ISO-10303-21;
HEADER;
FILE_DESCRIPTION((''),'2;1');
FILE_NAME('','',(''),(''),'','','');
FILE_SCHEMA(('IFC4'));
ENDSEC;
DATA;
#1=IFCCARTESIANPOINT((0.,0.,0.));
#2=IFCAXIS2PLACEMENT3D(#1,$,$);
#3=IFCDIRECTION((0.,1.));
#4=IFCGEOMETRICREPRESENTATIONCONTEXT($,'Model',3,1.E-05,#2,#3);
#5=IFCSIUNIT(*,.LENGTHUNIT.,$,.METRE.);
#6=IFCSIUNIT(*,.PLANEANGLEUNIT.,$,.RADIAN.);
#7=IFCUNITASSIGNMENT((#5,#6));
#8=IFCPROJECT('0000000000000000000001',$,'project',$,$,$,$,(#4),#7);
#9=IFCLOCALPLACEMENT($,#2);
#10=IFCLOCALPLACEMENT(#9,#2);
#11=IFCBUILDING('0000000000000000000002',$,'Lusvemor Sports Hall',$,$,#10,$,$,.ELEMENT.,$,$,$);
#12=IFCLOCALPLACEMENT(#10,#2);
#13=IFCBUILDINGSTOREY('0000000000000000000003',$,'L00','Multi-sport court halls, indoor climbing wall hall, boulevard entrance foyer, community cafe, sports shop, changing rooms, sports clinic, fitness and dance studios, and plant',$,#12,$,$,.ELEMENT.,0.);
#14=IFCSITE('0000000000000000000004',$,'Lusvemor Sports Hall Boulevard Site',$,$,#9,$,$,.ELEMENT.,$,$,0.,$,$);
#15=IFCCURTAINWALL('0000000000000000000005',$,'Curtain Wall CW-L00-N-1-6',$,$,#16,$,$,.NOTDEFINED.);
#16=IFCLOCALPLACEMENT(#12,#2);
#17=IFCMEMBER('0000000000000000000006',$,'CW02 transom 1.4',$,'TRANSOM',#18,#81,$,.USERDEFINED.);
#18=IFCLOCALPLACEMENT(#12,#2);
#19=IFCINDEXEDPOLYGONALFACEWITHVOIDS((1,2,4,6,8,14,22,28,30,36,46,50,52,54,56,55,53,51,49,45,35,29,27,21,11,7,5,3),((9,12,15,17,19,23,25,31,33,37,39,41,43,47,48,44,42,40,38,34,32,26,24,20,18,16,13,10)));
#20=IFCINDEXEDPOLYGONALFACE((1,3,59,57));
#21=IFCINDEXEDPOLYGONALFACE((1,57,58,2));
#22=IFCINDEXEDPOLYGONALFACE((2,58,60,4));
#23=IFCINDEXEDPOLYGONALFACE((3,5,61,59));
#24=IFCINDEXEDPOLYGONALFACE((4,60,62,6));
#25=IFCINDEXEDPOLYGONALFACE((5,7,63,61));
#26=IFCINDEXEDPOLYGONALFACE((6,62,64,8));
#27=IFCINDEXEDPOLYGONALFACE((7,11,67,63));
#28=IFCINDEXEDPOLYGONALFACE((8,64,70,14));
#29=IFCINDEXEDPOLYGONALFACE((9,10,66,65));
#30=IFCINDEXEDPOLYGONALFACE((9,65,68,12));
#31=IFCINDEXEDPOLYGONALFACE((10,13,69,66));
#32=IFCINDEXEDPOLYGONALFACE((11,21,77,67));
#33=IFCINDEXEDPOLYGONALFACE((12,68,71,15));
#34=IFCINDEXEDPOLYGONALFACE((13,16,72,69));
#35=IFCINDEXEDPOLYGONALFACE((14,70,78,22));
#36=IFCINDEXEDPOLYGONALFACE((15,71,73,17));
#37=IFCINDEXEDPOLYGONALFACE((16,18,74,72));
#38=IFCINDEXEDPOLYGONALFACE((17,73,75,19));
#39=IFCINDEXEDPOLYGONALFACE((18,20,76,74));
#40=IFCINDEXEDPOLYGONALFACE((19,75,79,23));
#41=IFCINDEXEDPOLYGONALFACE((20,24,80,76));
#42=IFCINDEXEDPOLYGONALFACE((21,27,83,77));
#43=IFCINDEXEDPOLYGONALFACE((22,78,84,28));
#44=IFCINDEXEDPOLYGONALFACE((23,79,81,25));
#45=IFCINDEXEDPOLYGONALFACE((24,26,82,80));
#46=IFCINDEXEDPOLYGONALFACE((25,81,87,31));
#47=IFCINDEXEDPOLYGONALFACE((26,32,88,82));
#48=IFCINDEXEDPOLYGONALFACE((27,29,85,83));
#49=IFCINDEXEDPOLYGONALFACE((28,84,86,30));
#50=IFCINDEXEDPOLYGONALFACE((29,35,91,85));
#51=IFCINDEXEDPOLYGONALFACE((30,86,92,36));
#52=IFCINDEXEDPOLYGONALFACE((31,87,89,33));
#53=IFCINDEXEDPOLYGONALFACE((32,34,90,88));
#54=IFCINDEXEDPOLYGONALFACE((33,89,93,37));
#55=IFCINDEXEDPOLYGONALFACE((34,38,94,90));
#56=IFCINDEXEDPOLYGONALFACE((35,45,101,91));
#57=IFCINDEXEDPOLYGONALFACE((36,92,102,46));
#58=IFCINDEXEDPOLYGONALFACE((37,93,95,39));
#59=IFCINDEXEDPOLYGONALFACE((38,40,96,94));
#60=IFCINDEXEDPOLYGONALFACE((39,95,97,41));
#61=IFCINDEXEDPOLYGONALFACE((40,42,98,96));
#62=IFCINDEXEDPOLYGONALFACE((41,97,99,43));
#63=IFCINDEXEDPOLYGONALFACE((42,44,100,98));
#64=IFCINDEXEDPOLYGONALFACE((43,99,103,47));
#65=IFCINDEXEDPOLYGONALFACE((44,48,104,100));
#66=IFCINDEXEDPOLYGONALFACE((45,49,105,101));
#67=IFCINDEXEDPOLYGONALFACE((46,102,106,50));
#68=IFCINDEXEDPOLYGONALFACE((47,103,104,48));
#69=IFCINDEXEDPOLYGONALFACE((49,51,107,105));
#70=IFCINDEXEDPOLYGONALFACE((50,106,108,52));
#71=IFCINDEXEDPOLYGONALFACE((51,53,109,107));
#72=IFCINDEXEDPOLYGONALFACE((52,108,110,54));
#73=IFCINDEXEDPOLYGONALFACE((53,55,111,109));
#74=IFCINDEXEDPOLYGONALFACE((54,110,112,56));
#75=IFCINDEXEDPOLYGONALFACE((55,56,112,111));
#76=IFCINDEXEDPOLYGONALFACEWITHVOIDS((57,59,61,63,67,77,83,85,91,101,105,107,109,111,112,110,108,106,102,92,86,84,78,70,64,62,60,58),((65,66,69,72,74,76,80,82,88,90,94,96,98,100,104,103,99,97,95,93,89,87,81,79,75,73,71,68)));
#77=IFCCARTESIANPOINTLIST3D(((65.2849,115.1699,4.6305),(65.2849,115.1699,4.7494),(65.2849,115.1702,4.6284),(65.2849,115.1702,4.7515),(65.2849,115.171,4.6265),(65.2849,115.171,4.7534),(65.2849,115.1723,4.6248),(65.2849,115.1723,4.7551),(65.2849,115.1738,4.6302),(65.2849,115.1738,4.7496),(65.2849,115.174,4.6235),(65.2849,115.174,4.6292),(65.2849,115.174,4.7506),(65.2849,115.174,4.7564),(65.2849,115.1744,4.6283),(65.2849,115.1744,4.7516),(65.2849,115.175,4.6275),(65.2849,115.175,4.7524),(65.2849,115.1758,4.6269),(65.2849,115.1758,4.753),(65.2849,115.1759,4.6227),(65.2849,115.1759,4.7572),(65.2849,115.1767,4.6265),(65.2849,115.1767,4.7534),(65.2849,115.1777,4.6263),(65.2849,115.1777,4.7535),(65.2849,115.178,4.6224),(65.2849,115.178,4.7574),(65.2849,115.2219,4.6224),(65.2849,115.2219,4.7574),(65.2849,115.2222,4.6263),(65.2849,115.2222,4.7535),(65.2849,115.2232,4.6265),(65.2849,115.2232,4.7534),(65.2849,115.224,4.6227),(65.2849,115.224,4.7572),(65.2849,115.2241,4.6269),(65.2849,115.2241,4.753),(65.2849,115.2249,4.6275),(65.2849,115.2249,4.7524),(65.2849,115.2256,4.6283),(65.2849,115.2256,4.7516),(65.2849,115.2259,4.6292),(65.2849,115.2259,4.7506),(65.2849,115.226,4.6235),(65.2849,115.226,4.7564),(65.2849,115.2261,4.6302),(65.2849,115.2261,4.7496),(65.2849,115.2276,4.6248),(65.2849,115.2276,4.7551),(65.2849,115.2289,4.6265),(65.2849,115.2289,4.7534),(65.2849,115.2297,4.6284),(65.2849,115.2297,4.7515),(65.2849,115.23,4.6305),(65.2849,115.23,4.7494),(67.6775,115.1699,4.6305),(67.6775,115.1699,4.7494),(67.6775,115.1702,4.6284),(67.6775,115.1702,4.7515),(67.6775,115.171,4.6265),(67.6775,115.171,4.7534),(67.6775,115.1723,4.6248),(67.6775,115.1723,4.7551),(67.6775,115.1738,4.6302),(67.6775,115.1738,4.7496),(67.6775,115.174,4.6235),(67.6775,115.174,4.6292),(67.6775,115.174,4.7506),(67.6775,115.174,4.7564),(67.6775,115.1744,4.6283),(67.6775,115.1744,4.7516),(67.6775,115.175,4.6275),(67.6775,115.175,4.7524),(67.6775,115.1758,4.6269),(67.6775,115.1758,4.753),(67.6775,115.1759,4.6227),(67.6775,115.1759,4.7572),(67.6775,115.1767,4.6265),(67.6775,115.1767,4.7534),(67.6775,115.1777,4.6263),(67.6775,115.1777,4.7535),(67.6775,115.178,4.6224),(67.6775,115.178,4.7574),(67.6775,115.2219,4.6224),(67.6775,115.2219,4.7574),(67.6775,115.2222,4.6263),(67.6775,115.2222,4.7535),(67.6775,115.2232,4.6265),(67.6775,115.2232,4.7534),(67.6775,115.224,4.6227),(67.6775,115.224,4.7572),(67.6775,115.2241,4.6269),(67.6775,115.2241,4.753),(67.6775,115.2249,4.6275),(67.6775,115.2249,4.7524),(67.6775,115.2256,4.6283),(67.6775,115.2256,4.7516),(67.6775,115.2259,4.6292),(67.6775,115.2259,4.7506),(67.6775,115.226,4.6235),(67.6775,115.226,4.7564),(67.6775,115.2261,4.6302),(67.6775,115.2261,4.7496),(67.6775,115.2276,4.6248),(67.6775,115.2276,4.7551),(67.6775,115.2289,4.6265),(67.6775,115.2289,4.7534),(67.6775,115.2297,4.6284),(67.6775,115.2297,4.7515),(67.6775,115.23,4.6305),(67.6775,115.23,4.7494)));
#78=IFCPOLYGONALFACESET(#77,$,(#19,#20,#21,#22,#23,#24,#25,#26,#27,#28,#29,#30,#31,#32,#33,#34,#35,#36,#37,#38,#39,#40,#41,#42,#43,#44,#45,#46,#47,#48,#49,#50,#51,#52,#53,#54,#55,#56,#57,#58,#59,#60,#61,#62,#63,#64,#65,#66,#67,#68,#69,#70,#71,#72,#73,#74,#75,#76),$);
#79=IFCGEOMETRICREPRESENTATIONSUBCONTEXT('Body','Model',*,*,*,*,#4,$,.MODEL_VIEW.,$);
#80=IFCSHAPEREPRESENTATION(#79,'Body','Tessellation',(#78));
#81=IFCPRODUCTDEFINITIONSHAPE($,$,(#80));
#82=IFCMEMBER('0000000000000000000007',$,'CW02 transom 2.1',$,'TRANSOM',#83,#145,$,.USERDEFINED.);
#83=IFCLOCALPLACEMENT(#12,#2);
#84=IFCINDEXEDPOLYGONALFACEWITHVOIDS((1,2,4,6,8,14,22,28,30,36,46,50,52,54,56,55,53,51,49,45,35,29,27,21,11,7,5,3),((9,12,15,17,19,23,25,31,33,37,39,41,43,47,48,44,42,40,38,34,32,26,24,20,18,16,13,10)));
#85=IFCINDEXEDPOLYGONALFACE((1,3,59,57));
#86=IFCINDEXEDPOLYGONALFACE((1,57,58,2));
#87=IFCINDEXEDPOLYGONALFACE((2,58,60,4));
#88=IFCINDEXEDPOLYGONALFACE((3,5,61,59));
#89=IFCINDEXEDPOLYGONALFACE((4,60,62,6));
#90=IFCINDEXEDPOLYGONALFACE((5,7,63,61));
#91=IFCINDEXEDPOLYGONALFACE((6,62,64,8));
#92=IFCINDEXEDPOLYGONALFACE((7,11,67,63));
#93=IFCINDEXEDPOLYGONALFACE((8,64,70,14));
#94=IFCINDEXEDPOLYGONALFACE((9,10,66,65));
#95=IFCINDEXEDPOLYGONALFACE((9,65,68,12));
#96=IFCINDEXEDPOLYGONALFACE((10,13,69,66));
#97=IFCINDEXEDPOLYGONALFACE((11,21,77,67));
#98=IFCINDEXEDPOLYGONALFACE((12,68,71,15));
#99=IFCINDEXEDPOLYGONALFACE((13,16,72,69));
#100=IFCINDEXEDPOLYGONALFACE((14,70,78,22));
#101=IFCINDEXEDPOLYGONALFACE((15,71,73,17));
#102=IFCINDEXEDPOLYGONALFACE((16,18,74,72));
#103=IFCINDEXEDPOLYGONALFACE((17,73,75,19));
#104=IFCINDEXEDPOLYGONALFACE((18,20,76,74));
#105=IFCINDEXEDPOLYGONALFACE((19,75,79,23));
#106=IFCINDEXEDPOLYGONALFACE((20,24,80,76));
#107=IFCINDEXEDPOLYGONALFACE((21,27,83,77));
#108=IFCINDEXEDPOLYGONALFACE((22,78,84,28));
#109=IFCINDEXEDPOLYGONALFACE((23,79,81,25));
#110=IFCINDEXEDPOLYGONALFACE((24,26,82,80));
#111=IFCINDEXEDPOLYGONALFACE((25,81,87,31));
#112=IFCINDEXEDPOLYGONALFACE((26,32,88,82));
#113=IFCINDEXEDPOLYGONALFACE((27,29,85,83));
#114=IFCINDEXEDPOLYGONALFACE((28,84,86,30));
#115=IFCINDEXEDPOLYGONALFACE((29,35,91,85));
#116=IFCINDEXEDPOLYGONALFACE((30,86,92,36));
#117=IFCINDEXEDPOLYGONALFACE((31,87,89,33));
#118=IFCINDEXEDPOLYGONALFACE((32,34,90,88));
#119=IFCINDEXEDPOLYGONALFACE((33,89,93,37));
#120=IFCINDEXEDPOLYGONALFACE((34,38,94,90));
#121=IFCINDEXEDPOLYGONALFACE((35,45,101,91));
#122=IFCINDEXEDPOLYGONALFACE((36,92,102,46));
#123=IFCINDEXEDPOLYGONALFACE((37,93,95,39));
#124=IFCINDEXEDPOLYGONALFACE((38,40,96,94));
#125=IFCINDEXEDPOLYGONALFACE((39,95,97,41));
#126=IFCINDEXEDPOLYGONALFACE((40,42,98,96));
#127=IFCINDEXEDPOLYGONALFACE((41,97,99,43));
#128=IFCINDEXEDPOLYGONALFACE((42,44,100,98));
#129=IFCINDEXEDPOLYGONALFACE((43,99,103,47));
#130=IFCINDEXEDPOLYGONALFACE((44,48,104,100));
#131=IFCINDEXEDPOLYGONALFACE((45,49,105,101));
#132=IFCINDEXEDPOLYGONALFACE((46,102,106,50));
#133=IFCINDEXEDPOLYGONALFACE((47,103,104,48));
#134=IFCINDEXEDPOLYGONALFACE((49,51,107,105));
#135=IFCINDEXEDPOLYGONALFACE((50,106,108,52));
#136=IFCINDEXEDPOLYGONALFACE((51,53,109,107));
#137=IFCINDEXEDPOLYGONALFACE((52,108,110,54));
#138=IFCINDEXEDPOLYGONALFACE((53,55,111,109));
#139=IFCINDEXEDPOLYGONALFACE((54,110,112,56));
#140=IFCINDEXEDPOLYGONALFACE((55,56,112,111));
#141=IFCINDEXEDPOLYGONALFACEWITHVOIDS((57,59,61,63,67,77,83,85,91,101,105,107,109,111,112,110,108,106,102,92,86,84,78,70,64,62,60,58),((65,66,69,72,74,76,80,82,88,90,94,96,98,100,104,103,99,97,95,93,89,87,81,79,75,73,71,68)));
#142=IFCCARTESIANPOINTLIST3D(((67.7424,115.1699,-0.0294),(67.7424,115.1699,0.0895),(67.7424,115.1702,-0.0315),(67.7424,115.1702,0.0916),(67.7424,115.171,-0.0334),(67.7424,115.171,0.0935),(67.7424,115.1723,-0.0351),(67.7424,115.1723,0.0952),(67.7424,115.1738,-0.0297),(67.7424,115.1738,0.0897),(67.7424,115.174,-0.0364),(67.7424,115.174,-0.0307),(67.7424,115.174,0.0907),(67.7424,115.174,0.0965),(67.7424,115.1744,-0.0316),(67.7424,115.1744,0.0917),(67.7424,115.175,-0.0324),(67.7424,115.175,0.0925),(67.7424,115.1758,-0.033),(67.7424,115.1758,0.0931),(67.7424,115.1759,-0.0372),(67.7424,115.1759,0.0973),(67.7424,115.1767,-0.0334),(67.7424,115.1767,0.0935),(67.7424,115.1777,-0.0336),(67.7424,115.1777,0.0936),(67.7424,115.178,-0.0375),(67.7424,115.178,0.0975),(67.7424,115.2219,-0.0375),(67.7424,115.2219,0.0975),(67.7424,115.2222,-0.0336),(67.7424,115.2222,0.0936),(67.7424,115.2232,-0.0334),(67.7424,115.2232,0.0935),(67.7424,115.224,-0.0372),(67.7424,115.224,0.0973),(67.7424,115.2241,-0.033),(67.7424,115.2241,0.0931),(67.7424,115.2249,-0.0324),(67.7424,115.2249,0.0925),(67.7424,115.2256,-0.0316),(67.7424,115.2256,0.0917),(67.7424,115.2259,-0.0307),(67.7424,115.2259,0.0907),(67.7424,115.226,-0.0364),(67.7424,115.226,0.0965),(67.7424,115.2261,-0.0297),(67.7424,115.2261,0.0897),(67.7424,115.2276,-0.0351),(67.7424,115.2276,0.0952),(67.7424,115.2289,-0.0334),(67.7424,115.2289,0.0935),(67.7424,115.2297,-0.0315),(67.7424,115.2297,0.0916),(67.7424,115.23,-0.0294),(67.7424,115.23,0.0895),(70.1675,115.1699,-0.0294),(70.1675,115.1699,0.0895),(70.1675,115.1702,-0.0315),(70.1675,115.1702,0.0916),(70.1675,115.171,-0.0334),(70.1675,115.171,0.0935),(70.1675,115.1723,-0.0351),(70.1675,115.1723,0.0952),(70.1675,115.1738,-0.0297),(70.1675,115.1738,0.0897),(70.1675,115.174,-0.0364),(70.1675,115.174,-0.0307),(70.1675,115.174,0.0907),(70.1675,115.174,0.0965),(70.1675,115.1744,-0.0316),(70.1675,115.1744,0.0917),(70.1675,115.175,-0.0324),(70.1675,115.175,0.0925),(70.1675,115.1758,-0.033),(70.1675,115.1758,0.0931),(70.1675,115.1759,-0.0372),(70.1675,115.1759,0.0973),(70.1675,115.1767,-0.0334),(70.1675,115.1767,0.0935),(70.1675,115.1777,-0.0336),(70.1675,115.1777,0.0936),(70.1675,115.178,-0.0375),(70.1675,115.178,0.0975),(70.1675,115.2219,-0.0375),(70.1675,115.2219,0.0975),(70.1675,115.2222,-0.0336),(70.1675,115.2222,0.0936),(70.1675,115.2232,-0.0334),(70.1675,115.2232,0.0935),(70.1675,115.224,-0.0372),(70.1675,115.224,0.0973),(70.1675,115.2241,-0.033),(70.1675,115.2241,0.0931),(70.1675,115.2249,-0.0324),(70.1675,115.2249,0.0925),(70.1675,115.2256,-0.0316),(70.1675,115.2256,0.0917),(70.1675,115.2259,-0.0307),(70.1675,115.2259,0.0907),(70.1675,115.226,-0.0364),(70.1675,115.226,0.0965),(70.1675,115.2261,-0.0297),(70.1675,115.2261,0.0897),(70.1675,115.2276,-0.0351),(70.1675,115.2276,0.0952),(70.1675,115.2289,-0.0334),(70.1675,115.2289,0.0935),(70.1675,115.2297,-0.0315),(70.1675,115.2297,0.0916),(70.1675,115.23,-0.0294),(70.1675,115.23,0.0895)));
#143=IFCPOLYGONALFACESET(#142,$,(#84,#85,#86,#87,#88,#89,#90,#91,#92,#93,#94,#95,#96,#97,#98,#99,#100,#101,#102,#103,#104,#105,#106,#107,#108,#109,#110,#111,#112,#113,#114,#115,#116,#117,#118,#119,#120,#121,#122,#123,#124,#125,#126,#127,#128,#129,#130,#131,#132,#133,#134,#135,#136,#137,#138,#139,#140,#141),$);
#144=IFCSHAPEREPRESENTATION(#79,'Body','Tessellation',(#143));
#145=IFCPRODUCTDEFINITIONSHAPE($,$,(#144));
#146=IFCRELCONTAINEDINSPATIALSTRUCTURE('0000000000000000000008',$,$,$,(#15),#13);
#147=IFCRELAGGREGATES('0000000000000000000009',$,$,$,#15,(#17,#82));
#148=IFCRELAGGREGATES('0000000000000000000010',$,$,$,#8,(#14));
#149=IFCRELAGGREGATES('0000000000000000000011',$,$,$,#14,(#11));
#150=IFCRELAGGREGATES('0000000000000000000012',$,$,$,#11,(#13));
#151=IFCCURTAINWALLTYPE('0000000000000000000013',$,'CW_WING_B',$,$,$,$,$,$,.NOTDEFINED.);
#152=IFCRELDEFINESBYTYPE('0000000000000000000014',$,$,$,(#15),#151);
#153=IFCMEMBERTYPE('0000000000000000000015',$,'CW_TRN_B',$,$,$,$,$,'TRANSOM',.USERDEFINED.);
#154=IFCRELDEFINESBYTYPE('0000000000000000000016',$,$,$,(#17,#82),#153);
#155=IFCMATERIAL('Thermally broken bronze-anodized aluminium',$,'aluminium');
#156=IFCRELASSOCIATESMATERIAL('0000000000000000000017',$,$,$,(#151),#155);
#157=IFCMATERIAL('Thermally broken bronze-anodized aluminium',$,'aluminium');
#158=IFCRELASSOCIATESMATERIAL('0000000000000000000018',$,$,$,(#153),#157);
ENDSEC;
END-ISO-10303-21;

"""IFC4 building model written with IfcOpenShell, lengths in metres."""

from ifc_helpers import new_model, si_unit, direction, frame, origin, origin_2d, place, context, subcontext, project, spatial, hollow_rectangle, extrude, material, material_profile, profile_set, type_object, element, aggregate, save


model = new_model("IFC4")

# Units and contexts
model_context = context("Model", 3, precision=1e-05, world=origin(), true_north=direction((0.0, 1.0)))
body_context = subcontext(model_context, "Body", "Model", "MODEL_VIEW")
ifc_project = project(units=[si_unit("LENGTHUNIT", "METRE"), si_unit("PLANEANGLEUNIT", "RADIAN")], contexts=[model_context])

# Site, building, storey
site_placement = place(None, origin())
site = spatial("IfcSite", under=ifc_project, at=site_placement, Name="Lusvemor Sports Hall Boulevard Site", CompositionType="ELEMENT", RefElevation=0.0)
building_placement = place(site_placement, origin())
building = spatial("IfcBuilding", under=site, at=building_placement, Name="Lusvemor Sports Hall", CompositionType="ELEMENT")
storey_placement = place(building_placement, origin())
storey = spatial("IfcBuildingStorey", under=building, at=storey_placement, Name="L00", Description="Multi-sport court halls, indoor climbing wall hall, boulevard entrance foyer, community cafe, sports shop, changing rooms, sports clinic, fitness and dance studios, and plant", CompositionType="ELEMENT", Elevation=0.0)

# Curtain wall
ifc_material_1 = material(Name="Thermally broken bronze-anodized aluminium", Category="aluminium")
curtain_wall_type = type_object("IfcCurtainWallType", Name="CW_WING_B", PredefinedType="NOTDEFINED", material=ifc_material_1)
curtain_wall_1_placement = place(storey_placement, origin())
curtain_wall_1 = element("IfcCurtainWall", 1, at=curtain_wall_1_placement, inside=storey, type_object=curtain_wall_type, Name="Curtain Wall CW-L00-N-1-6", PredefinedType="NOTDEFINED")

# Members
ifc_material_2 = material(Name="Thermally broken bronze-anodized aluminium", Category="aluminium")
ifc_material_profile_1 = material_profile(ifc_material_2, hollow_rectangle(XDim=0.0601, YDim=0.135, WallThickness=0.0039, InnerFilletRadius=0.0039, OuterFilletRadius=0.0081, at=origin_2d()), Name="CWTRN135x60x4")
ifc_profile_set_1 = profile_set([ifc_material_profile_1], Name="Thermally broken bronze-anodized aluminium")
member_type_1 = type_object("IfcMemberType", Name="CW_TRN_B", ElementType="TRANSOM", PredefinedType="USERDEFINED", material=ifc_profile_set_1)
member_1_placement = place(storey_placement, frame((65.2849, 115.2, 4.6899), z_axis=(1.0, 0.0, 0.0), x_axis=(0.0, 1.0, 0.0)))
member_1 = element("IfcMember", 2, at=member_1_placement, type_object=member_type_1, Name="CW02 transom 1.4", ObjectType="TRANSOM", PredefinedType="USERDEFINED", context=body_context, shape_type="SweptSolid", body=[
    extrude(hollow_rectangle(XDim=0.0601, YDim=0.135, WallThickness=0.0039, InnerFilletRadius=0.0039, OuterFilletRadius=0.0081, at=origin_2d()), origin(), (0.0, 0.0, 1.0), 2.3926),
])
member_2_placement = place(storey_placement, frame((67.7424, 115.2, 0.03), z_axis=(1.0, 0.0, 0.0), x_axis=(0.0, 1.0, 0.0)))
member_2 = element("IfcMember", 3, at=member_2_placement, type_object=member_type_1, Name="CW02 transom 2.1", ObjectType="TRANSOM", PredefinedType="USERDEFINED", context=body_context, shape_type="SweptSolid", body=[
    extrude(hollow_rectangle(XDim=0.0601, YDim=0.135, WallThickness=0.0039, InnerFilletRadius=0.0039, OuterFilletRadius=0.0081, at=origin_2d()), origin(), (0.0, 0.0, 1.0), 2.425),
])

aggregate(curtain_wall_1, [member_1, member_2])

save(model, "model.ifc")
